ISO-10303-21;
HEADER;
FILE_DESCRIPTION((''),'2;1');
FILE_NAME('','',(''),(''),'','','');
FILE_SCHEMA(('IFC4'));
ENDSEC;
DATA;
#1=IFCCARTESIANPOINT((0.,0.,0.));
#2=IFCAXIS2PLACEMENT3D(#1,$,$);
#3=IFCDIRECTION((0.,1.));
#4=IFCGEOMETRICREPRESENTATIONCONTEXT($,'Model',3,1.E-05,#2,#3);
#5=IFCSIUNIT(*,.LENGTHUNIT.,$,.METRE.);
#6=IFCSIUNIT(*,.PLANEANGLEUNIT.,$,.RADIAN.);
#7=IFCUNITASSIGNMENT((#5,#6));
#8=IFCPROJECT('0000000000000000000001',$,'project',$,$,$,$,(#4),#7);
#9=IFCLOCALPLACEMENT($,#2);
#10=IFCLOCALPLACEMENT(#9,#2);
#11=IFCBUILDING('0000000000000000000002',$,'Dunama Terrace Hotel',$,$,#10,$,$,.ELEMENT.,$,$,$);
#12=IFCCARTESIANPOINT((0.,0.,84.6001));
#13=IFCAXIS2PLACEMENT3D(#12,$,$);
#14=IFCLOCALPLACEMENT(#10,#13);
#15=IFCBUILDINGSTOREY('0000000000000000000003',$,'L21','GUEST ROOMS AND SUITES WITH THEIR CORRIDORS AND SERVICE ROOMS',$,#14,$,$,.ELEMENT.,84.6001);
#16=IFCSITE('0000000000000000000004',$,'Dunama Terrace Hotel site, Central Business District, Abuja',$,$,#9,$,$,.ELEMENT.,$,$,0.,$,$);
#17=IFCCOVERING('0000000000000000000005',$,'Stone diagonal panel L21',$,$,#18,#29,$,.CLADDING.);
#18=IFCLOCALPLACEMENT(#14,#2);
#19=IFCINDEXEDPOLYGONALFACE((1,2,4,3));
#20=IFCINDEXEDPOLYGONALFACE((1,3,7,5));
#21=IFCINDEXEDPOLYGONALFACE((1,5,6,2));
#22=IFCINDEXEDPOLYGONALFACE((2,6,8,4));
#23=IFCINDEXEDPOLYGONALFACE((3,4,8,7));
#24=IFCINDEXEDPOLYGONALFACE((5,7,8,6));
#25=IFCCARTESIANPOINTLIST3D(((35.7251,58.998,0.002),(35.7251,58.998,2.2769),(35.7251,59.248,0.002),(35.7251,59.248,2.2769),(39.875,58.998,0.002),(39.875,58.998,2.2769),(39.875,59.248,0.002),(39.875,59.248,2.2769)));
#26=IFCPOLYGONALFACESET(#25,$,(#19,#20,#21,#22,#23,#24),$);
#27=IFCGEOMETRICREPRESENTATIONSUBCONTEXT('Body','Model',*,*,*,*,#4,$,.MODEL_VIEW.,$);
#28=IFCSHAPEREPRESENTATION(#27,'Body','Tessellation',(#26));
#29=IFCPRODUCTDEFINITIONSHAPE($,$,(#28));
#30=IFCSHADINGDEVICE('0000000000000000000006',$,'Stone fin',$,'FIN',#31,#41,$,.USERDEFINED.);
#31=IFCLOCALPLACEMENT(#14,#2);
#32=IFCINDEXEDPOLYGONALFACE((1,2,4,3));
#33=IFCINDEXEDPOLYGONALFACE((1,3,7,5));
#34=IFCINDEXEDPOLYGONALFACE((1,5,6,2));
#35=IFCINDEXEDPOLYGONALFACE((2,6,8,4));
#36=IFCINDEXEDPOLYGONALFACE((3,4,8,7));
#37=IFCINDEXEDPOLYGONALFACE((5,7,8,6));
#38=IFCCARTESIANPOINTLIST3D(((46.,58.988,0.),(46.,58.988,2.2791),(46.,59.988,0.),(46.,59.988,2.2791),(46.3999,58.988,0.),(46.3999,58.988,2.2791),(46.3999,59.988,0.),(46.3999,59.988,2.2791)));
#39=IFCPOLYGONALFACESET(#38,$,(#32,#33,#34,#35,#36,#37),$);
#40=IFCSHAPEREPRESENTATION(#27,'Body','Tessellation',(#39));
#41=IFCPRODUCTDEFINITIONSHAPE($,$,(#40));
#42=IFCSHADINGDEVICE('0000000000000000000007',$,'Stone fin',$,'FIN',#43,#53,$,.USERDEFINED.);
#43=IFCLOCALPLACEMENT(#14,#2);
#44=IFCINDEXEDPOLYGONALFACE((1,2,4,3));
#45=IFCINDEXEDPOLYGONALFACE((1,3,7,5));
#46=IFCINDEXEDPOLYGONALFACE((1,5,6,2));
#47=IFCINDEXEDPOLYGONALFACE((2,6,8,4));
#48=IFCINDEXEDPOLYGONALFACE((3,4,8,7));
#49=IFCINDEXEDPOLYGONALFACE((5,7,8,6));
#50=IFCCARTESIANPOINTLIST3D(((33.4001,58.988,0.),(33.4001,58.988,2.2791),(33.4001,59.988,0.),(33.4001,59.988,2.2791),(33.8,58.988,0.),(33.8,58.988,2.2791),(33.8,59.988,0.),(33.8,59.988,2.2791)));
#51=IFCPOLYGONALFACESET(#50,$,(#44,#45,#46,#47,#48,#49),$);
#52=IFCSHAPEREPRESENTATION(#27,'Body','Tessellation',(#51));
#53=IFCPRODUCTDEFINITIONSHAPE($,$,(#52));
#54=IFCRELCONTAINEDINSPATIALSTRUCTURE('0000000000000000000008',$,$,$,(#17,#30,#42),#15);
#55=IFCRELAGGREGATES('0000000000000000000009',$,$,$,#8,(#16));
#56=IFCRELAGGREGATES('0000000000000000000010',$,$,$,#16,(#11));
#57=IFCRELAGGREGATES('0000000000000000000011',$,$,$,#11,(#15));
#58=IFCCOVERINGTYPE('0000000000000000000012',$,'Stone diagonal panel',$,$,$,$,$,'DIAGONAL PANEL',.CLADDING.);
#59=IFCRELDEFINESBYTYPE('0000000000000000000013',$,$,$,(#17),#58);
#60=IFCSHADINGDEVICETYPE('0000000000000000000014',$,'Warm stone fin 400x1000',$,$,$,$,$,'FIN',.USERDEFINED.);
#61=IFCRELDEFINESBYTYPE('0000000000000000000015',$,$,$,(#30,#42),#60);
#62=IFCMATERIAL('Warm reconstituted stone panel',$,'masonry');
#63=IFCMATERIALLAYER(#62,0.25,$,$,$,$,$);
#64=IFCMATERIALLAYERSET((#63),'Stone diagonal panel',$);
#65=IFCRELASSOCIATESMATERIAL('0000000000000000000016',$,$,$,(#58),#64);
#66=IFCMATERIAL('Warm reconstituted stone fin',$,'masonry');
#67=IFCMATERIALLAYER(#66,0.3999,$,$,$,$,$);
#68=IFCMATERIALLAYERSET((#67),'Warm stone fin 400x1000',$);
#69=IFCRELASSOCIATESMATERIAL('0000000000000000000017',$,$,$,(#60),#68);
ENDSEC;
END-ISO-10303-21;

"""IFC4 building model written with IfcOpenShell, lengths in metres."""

from ifc_helpers import new_model, si_unit, direction, frame, origin, origin_2d, place, context, subcontext, project, spatial, rectangle, extrude, material, layer, layer_set, type_object, element, save


model = new_model("IFC4")

# Units and contexts
model_context = context("Model", 3, precision=1e-05, world=origin(), true_north=direction((0.0, 1.0)))
body_context = subcontext(model_context, "Body", "Model", "MODEL_VIEW")
ifc_project = project(units=[si_unit("LENGTHUNIT", "METRE"), si_unit("PLANEANGLEUNIT", "RADIAN")], contexts=[model_context])

# Site, building, storey
site_placement = place(None, origin())
site = spatial("IfcSite", under=ifc_project, at=site_placement, Name="Dunama Terrace Hotel site, Central Business District, Abuja", CompositionType="ELEMENT", RefElevation=0.0)
building_placement = place(site_placement, origin())
building = spatial("IfcBuilding", under=site, at=building_placement, Name="Dunama Terrace Hotel", CompositionType="ELEMENT")
storey_placement = place(building_placement, frame((0.0, 0.0, 84.6001)))
storey = spatial("IfcBuildingStorey", under=building, at=storey_placement, Name="L21", Description="GUEST ROOMS AND SUITES WITH THEIR CORRIDORS AND SERVICE ROOMS", CompositionType="ELEMENT", Elevation=84.6001)

# Covering
ifc_material_1 = material(Name="Warm reconstituted stone panel", Category="masonry")
ifc_layer_1 = layer(ifc_material_1, 0.25)
ifc_layer_set_1 = layer_set([ifc_layer_1], Name="Stone diagonal panel")
covering_type = type_object("IfcCoveringType", Name="Stone diagonal panel", ElementType="DIAGONAL PANEL", PredefinedType="CLADDING", material=ifc_layer_set_1)
covering_placement = place(storey_placement, frame((37.8, 59.123, 0.002), z_axis=(0.0, 0.0, 1.0), x_axis=(-1.0, 0.0, 0.0)))
element("IfcCovering", 1, at=covering_placement, inside=storey, type_object=covering_type, Name="Stone diagonal panel L21", PredefinedType="CLADDING", context=body_context, shape_type="SweptSolid", body=[
    extrude(rectangle(XDim=4.1499, YDim=0.25, at=origin_2d()), origin(), (0.0, 0.0, 1.0), 2.2749),
])

# Shading devices
ifc_material_2 = material(Name="Warm reconstituted stone fin", Category="masonry")
ifc_layer_2 = layer(ifc_material_2, 0.3999)
ifc_layer_set_2 = layer_set([ifc_layer_2], Name="Warm stone fin 400x1000")
shading_device_type = type_object("IfcShadingDeviceType", Name="Warm stone fin 400x1000", ElementType="FIN", PredefinedType="USERDEFINED", material=ifc_layer_set_2)
for number, where, z_axis, x_axis, name in (
    (2, (46.2, 59.488, 0.0), (0.0, 0.0, 1.0), (-1.0, 0.0, 0.0), "Stone fin"),
    (3, (33.6001, 59.488, 0.0), (0.0, 0.0, 1.0), (-1.0, 0.0, 0.0), "Stone fin"),
):
    element("IfcShadingDevice", number, at=place(storey_placement, frame(where, z_axis=z_axis, x_axis=x_axis)), inside=storey, type_object=shading_device_type, Name=name, ObjectType="FIN", PredefinedType="USERDEFINED", context=body_context, shape_type="SweptSolid", body=[
        extrude(rectangle(XDim=0.3999, YDim=1.0, at=origin_2d()), origin(), (0.0, 0.0, 1.0), 2.2791),
    ])

save(model, "model.ifc")
